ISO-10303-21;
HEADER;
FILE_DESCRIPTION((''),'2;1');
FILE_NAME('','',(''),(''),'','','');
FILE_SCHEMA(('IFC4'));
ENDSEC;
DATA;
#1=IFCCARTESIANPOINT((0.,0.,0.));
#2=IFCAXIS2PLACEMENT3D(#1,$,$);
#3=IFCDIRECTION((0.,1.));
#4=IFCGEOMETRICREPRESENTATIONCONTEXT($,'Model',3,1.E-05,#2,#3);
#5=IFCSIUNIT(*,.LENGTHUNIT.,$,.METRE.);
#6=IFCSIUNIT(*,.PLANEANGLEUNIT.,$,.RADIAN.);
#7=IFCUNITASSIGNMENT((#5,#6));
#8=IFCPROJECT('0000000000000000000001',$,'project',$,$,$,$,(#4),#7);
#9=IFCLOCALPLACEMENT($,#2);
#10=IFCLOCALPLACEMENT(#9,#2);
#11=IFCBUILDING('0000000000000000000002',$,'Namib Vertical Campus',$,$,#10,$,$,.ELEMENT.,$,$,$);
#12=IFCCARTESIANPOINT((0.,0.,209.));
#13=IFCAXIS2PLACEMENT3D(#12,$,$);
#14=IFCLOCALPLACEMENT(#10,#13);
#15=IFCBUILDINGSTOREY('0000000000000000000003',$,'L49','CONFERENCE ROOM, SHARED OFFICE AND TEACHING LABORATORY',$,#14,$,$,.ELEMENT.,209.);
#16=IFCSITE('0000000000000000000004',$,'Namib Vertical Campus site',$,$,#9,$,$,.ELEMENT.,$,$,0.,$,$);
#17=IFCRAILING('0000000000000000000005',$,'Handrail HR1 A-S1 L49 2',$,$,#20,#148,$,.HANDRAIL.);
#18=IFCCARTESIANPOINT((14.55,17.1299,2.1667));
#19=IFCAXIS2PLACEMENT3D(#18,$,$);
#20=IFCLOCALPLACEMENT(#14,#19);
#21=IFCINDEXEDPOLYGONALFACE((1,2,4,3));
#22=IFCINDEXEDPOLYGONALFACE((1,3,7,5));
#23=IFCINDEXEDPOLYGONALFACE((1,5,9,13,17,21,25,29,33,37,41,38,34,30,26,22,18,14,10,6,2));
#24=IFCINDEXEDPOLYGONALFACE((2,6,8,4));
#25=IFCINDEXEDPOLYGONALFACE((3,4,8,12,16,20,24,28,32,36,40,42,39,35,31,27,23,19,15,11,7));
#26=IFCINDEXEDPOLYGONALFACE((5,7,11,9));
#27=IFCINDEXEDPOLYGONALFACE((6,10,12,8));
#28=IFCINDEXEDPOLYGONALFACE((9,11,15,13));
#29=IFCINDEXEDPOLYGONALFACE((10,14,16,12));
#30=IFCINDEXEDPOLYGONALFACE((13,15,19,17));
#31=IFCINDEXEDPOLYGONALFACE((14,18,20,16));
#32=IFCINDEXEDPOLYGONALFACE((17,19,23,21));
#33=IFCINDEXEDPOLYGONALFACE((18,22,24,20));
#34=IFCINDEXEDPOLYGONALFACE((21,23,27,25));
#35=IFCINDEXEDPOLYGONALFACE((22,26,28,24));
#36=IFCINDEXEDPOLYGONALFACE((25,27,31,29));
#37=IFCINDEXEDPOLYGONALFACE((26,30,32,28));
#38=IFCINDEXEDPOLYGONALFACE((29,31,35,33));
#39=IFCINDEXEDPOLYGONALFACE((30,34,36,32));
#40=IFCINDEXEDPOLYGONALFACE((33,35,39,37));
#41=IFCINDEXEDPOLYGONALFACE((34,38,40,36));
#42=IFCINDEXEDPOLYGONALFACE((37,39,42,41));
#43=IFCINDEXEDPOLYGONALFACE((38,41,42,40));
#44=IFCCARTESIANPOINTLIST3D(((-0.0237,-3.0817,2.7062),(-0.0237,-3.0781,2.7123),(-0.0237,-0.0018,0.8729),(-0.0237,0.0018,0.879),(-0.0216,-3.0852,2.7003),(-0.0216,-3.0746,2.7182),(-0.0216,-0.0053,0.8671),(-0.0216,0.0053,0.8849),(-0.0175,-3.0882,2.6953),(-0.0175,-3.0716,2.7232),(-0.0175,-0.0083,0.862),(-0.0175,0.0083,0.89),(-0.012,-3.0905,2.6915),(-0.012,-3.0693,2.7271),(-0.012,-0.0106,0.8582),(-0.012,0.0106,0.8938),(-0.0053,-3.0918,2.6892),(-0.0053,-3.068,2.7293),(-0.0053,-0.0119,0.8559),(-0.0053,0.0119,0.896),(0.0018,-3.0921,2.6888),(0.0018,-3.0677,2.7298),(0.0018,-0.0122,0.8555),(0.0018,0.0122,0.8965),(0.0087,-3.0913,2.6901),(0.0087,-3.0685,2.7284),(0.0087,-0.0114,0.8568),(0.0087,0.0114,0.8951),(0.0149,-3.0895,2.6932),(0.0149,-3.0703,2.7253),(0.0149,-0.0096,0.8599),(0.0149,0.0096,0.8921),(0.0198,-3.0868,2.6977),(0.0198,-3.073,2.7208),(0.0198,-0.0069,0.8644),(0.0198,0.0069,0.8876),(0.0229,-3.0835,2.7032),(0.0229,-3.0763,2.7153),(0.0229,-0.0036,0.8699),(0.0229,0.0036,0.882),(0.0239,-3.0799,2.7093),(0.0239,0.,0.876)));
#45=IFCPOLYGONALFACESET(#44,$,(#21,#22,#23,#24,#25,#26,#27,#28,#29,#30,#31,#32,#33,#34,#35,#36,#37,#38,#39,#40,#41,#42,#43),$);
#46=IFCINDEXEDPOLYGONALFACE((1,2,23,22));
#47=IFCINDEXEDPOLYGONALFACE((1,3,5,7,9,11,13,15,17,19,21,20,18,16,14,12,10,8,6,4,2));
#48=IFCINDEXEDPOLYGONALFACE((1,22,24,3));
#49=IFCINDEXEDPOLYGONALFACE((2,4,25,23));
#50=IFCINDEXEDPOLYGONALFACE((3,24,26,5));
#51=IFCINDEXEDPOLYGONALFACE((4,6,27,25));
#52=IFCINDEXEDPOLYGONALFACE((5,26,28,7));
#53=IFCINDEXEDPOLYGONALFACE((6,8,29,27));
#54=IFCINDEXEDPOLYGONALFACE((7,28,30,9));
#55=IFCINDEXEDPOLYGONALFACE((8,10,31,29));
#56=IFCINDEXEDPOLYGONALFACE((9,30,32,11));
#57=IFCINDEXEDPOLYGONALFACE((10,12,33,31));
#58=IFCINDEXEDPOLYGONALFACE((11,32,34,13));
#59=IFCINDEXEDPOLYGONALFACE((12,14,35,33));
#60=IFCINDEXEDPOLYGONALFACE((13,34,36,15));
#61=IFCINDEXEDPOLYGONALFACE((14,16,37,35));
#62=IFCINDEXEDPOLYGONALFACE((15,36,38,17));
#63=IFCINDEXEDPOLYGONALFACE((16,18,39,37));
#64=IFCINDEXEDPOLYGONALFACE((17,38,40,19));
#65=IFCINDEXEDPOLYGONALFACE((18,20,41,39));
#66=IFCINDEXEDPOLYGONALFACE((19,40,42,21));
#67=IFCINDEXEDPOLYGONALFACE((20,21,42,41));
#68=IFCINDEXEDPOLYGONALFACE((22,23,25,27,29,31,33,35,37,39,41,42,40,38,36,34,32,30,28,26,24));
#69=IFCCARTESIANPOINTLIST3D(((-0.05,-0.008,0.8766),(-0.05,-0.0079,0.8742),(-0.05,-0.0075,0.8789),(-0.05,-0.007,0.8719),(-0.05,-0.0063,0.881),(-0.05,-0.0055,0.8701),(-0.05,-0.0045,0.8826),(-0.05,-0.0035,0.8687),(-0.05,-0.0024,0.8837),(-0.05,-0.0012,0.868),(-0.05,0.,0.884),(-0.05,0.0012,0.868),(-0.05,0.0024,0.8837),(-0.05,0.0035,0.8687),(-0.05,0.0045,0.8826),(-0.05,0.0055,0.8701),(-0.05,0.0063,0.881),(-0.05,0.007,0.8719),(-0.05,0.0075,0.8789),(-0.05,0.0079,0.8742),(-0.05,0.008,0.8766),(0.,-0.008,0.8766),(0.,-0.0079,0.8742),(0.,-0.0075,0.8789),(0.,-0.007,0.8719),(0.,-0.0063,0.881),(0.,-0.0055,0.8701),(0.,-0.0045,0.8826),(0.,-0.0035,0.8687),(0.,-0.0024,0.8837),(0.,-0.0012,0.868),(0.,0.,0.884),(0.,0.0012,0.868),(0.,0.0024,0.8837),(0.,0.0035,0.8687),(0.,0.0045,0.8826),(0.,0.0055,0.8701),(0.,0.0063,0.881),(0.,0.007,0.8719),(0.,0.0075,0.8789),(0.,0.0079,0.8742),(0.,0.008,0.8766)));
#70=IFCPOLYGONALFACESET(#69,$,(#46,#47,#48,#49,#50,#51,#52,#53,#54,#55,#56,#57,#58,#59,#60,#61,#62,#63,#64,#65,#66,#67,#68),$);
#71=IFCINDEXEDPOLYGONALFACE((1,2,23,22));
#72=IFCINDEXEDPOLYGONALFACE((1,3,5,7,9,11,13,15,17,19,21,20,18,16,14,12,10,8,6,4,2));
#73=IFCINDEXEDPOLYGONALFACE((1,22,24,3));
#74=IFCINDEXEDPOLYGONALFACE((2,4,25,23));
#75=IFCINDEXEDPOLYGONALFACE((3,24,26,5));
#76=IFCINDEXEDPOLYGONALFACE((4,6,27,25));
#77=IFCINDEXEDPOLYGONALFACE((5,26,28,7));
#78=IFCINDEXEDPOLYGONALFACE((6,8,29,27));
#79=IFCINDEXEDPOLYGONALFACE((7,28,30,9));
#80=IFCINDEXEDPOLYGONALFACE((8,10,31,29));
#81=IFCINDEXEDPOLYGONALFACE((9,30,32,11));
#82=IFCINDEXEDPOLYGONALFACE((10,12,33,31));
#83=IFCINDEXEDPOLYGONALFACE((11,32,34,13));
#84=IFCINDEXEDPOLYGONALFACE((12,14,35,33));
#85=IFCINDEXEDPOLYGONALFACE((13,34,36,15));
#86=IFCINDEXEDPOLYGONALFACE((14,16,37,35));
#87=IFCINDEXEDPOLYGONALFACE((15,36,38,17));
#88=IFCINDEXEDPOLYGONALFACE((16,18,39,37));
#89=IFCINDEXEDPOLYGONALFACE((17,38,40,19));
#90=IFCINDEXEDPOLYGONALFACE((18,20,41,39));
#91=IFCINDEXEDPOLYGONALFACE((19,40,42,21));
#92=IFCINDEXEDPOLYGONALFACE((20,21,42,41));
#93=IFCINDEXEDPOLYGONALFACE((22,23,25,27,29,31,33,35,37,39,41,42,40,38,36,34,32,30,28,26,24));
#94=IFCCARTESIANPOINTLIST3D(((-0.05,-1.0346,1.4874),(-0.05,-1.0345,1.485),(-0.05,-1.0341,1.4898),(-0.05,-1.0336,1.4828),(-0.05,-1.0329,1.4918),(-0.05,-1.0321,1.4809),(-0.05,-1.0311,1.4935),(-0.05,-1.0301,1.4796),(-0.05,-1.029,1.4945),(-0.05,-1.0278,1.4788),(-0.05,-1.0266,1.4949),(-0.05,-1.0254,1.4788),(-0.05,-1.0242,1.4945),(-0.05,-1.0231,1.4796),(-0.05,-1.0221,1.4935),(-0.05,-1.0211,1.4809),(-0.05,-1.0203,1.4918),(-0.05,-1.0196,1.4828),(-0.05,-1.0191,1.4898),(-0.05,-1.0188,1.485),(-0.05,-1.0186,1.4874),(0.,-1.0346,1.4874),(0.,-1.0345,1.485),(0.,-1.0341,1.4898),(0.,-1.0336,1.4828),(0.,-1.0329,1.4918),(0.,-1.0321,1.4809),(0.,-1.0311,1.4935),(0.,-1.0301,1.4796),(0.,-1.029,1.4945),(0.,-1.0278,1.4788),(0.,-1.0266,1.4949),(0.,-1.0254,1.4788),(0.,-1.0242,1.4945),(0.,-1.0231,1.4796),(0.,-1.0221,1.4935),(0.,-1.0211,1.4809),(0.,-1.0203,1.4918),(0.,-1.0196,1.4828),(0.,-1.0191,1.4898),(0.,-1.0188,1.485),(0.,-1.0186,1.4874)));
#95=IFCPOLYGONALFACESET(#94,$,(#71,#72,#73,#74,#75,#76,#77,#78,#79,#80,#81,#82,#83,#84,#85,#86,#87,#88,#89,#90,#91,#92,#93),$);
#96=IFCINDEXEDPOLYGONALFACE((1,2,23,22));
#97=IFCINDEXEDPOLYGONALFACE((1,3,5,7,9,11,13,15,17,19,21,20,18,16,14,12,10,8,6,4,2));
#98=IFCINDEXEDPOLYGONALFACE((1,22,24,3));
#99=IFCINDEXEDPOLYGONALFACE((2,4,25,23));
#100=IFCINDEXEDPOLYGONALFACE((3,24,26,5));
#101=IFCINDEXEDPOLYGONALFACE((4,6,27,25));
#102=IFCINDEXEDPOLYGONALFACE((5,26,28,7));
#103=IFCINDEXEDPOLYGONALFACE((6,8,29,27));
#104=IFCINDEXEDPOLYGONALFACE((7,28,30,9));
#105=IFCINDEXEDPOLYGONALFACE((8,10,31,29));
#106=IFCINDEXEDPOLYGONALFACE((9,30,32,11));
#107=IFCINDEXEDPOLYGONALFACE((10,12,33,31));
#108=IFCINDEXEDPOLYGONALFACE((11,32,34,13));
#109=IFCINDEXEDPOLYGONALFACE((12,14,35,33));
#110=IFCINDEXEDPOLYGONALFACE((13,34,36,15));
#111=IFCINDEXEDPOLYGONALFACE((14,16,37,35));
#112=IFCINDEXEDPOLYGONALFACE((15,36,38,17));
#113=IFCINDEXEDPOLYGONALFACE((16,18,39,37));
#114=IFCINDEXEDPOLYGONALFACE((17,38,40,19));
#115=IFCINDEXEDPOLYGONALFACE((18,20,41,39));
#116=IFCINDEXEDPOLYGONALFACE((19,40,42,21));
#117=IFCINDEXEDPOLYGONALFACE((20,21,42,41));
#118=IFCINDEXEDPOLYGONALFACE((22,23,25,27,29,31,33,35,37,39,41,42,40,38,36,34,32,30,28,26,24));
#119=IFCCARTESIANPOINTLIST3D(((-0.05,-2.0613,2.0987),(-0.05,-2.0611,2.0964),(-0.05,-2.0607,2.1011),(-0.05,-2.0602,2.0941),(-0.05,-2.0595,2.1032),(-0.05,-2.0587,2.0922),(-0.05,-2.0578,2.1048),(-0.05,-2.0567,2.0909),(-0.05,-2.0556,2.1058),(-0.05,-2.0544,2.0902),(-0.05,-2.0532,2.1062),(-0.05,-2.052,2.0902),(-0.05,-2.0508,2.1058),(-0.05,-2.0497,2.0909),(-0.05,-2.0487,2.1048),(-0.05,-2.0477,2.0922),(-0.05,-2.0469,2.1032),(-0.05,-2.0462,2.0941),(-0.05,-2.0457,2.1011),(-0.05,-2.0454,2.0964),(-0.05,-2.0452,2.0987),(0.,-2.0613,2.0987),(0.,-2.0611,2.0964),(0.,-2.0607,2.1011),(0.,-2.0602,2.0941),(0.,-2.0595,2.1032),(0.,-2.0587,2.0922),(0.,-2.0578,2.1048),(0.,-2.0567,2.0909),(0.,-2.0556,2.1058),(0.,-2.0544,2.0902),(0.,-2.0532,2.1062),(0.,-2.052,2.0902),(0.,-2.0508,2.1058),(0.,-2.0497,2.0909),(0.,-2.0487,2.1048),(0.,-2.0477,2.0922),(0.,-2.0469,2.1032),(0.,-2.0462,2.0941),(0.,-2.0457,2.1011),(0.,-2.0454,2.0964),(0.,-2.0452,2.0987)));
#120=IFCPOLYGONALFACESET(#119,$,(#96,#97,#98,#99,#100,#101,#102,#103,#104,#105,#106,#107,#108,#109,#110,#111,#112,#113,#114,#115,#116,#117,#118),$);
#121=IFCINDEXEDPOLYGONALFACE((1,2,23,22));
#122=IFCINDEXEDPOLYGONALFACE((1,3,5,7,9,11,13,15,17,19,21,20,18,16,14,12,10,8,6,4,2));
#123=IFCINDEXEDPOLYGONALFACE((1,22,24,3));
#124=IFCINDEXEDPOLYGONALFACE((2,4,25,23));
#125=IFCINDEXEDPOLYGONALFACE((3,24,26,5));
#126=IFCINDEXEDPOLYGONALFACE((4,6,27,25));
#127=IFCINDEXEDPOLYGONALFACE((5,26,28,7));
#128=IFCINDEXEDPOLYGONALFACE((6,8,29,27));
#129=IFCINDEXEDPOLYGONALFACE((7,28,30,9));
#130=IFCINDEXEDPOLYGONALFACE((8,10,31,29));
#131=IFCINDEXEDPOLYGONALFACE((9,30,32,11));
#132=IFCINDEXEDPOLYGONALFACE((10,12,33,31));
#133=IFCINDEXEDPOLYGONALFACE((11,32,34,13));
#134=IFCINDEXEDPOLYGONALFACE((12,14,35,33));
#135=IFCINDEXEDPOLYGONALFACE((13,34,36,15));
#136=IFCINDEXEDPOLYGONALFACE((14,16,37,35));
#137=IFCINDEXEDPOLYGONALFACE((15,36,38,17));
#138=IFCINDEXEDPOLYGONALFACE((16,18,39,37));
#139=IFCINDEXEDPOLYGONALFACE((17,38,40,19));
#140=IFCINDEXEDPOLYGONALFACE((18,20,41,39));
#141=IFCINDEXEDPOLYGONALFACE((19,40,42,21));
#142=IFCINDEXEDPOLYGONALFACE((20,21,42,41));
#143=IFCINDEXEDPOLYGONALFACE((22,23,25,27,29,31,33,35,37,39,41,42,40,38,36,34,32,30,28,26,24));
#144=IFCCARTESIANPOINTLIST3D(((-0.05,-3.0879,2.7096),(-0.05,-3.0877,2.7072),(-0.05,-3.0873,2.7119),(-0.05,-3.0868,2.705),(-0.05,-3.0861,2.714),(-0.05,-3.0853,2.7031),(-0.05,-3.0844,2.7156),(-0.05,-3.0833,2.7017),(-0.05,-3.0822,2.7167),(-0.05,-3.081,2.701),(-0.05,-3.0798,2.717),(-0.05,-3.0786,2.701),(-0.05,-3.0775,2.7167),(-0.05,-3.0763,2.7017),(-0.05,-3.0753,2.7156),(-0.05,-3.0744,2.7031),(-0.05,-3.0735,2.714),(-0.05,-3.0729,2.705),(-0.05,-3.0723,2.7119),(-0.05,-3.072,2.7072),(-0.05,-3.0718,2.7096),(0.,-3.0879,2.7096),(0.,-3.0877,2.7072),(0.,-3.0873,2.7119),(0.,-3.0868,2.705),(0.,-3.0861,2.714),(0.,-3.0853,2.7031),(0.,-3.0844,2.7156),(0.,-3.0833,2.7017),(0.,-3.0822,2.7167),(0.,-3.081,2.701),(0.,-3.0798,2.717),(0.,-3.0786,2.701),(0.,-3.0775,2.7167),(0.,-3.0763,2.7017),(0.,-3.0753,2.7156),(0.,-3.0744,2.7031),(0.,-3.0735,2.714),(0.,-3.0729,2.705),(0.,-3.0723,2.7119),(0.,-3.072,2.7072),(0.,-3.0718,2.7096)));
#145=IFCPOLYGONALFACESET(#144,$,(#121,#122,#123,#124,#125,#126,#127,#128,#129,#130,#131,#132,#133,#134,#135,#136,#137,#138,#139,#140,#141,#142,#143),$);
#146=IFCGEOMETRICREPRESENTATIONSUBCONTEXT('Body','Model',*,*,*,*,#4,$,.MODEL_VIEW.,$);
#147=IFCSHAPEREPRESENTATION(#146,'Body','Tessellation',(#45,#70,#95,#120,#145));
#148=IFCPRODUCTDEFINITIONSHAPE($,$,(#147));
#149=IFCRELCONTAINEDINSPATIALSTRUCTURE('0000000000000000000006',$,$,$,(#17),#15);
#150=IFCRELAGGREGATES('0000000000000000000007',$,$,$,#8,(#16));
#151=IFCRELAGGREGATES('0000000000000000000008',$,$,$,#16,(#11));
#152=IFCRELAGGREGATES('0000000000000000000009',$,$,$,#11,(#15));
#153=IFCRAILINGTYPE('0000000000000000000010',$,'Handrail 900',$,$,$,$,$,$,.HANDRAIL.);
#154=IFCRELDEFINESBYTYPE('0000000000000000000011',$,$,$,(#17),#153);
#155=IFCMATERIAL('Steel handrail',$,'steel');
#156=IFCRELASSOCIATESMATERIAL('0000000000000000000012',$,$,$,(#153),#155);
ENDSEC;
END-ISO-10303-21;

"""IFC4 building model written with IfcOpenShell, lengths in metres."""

from ifc_helpers import new_model, si_unit, direction, frame, origin, origin_2d, place, context, subcontext, project, spatial, circle, extrude, material, type_object, element, save


model = new_model("IFC4")

# Units and contexts
model_context = context("Model", 3, precision=1e-05, world=origin(), true_north=direction((0.0, 1.0)))
body_context = subcontext(model_context, "Body", "Model", "MODEL_VIEW")
ifc_project = project(units=[si_unit("LENGTHUNIT", "METRE"), si_unit("PLANEANGLEUNIT", "RADIAN")], contexts=[model_context])

# Site, building, storey
site_placement = place(None, origin())
site = spatial("IfcSite", under=ifc_project, at=site_placement, Name="Namib Vertical Campus site", CompositionType="ELEMENT", RefElevation=0.0)
building_placement = place(site_placement, origin())
building = spatial("IfcBuilding", under=site, at=building_placement, Name="Namib Vertical Campus", CompositionType="ELEMENT")
storey_placement = place(building_placement, frame((0.0, 0.0, 209.0)))
storey = spatial("IfcBuildingStorey", under=building, at=storey_placement, Name="L49", Description="CONFERENCE ROOM, SHARED OFFICE AND TEACHING LABORATORY", CompositionType="ELEMENT", Elevation=209.0)

# Railing
ifc_material_1 = material(Name="Steel handrail", Category="steel")
railing_type = type_object("IfcRailingType", Name="Handrail 900", PredefinedType="HANDRAIL", material=ifc_material_1)
railing_placement = place(storey_placement, frame((14.55, 17.1299, 2.1667)))
element("IfcRailing", 1, at=railing_placement, inside=storey, type_object=railing_type, Name="Handrail HR1 A-S1 L49 2", PredefinedType="HANDRAIL", context=body_context, shape_type="SweptSolid", body=[
    extrude(circle(Radius=0.0239, at=origin_2d()), frame((0.0, 0.0, 0.876), z_axis=(0.0, -0.859291, 0.511487), x_axis=(1.0, 0.0, 0.0)), (0.0, 0.0, 1.0), 3.5842),
    extrude(circle(Radius=0.0081, at=origin_2d()), frame((0.0, 0.0, 0.876), z_axis=(-1.0, 0.0, 0.0), x_axis=(0.0, 0.0, 1.0)), (0.0, 0.0, 1.0), 0.05),
    extrude(circle(Radius=0.0081, at=origin_2d()), frame((0.0, -1.0266, 1.4868), z_axis=(-1.0, 0.0, 0.0), x_axis=(0.0, 0.0, 1.0)), (0.0, 0.0, 1.0), 0.05),
    extrude(circle(Radius=0.0081, at=origin_2d()), frame((0.0, -2.0532, 2.0981), z_axis=(-1.0, 0.0, 0.0), x_axis=(0.0, 0.0, 1.0)), (0.0, 0.0, 1.0), 0.05),
    extrude(circle(Radius=0.0081, at=origin_2d()), frame((0.0, -3.0798, 2.709), z_axis=(-1.0, 0.0, 0.0), x_axis=(0.0, 0.0, 1.0)), (0.0, 0.0, 1.0), 0.05),
])

save(model, "model.ifc")
